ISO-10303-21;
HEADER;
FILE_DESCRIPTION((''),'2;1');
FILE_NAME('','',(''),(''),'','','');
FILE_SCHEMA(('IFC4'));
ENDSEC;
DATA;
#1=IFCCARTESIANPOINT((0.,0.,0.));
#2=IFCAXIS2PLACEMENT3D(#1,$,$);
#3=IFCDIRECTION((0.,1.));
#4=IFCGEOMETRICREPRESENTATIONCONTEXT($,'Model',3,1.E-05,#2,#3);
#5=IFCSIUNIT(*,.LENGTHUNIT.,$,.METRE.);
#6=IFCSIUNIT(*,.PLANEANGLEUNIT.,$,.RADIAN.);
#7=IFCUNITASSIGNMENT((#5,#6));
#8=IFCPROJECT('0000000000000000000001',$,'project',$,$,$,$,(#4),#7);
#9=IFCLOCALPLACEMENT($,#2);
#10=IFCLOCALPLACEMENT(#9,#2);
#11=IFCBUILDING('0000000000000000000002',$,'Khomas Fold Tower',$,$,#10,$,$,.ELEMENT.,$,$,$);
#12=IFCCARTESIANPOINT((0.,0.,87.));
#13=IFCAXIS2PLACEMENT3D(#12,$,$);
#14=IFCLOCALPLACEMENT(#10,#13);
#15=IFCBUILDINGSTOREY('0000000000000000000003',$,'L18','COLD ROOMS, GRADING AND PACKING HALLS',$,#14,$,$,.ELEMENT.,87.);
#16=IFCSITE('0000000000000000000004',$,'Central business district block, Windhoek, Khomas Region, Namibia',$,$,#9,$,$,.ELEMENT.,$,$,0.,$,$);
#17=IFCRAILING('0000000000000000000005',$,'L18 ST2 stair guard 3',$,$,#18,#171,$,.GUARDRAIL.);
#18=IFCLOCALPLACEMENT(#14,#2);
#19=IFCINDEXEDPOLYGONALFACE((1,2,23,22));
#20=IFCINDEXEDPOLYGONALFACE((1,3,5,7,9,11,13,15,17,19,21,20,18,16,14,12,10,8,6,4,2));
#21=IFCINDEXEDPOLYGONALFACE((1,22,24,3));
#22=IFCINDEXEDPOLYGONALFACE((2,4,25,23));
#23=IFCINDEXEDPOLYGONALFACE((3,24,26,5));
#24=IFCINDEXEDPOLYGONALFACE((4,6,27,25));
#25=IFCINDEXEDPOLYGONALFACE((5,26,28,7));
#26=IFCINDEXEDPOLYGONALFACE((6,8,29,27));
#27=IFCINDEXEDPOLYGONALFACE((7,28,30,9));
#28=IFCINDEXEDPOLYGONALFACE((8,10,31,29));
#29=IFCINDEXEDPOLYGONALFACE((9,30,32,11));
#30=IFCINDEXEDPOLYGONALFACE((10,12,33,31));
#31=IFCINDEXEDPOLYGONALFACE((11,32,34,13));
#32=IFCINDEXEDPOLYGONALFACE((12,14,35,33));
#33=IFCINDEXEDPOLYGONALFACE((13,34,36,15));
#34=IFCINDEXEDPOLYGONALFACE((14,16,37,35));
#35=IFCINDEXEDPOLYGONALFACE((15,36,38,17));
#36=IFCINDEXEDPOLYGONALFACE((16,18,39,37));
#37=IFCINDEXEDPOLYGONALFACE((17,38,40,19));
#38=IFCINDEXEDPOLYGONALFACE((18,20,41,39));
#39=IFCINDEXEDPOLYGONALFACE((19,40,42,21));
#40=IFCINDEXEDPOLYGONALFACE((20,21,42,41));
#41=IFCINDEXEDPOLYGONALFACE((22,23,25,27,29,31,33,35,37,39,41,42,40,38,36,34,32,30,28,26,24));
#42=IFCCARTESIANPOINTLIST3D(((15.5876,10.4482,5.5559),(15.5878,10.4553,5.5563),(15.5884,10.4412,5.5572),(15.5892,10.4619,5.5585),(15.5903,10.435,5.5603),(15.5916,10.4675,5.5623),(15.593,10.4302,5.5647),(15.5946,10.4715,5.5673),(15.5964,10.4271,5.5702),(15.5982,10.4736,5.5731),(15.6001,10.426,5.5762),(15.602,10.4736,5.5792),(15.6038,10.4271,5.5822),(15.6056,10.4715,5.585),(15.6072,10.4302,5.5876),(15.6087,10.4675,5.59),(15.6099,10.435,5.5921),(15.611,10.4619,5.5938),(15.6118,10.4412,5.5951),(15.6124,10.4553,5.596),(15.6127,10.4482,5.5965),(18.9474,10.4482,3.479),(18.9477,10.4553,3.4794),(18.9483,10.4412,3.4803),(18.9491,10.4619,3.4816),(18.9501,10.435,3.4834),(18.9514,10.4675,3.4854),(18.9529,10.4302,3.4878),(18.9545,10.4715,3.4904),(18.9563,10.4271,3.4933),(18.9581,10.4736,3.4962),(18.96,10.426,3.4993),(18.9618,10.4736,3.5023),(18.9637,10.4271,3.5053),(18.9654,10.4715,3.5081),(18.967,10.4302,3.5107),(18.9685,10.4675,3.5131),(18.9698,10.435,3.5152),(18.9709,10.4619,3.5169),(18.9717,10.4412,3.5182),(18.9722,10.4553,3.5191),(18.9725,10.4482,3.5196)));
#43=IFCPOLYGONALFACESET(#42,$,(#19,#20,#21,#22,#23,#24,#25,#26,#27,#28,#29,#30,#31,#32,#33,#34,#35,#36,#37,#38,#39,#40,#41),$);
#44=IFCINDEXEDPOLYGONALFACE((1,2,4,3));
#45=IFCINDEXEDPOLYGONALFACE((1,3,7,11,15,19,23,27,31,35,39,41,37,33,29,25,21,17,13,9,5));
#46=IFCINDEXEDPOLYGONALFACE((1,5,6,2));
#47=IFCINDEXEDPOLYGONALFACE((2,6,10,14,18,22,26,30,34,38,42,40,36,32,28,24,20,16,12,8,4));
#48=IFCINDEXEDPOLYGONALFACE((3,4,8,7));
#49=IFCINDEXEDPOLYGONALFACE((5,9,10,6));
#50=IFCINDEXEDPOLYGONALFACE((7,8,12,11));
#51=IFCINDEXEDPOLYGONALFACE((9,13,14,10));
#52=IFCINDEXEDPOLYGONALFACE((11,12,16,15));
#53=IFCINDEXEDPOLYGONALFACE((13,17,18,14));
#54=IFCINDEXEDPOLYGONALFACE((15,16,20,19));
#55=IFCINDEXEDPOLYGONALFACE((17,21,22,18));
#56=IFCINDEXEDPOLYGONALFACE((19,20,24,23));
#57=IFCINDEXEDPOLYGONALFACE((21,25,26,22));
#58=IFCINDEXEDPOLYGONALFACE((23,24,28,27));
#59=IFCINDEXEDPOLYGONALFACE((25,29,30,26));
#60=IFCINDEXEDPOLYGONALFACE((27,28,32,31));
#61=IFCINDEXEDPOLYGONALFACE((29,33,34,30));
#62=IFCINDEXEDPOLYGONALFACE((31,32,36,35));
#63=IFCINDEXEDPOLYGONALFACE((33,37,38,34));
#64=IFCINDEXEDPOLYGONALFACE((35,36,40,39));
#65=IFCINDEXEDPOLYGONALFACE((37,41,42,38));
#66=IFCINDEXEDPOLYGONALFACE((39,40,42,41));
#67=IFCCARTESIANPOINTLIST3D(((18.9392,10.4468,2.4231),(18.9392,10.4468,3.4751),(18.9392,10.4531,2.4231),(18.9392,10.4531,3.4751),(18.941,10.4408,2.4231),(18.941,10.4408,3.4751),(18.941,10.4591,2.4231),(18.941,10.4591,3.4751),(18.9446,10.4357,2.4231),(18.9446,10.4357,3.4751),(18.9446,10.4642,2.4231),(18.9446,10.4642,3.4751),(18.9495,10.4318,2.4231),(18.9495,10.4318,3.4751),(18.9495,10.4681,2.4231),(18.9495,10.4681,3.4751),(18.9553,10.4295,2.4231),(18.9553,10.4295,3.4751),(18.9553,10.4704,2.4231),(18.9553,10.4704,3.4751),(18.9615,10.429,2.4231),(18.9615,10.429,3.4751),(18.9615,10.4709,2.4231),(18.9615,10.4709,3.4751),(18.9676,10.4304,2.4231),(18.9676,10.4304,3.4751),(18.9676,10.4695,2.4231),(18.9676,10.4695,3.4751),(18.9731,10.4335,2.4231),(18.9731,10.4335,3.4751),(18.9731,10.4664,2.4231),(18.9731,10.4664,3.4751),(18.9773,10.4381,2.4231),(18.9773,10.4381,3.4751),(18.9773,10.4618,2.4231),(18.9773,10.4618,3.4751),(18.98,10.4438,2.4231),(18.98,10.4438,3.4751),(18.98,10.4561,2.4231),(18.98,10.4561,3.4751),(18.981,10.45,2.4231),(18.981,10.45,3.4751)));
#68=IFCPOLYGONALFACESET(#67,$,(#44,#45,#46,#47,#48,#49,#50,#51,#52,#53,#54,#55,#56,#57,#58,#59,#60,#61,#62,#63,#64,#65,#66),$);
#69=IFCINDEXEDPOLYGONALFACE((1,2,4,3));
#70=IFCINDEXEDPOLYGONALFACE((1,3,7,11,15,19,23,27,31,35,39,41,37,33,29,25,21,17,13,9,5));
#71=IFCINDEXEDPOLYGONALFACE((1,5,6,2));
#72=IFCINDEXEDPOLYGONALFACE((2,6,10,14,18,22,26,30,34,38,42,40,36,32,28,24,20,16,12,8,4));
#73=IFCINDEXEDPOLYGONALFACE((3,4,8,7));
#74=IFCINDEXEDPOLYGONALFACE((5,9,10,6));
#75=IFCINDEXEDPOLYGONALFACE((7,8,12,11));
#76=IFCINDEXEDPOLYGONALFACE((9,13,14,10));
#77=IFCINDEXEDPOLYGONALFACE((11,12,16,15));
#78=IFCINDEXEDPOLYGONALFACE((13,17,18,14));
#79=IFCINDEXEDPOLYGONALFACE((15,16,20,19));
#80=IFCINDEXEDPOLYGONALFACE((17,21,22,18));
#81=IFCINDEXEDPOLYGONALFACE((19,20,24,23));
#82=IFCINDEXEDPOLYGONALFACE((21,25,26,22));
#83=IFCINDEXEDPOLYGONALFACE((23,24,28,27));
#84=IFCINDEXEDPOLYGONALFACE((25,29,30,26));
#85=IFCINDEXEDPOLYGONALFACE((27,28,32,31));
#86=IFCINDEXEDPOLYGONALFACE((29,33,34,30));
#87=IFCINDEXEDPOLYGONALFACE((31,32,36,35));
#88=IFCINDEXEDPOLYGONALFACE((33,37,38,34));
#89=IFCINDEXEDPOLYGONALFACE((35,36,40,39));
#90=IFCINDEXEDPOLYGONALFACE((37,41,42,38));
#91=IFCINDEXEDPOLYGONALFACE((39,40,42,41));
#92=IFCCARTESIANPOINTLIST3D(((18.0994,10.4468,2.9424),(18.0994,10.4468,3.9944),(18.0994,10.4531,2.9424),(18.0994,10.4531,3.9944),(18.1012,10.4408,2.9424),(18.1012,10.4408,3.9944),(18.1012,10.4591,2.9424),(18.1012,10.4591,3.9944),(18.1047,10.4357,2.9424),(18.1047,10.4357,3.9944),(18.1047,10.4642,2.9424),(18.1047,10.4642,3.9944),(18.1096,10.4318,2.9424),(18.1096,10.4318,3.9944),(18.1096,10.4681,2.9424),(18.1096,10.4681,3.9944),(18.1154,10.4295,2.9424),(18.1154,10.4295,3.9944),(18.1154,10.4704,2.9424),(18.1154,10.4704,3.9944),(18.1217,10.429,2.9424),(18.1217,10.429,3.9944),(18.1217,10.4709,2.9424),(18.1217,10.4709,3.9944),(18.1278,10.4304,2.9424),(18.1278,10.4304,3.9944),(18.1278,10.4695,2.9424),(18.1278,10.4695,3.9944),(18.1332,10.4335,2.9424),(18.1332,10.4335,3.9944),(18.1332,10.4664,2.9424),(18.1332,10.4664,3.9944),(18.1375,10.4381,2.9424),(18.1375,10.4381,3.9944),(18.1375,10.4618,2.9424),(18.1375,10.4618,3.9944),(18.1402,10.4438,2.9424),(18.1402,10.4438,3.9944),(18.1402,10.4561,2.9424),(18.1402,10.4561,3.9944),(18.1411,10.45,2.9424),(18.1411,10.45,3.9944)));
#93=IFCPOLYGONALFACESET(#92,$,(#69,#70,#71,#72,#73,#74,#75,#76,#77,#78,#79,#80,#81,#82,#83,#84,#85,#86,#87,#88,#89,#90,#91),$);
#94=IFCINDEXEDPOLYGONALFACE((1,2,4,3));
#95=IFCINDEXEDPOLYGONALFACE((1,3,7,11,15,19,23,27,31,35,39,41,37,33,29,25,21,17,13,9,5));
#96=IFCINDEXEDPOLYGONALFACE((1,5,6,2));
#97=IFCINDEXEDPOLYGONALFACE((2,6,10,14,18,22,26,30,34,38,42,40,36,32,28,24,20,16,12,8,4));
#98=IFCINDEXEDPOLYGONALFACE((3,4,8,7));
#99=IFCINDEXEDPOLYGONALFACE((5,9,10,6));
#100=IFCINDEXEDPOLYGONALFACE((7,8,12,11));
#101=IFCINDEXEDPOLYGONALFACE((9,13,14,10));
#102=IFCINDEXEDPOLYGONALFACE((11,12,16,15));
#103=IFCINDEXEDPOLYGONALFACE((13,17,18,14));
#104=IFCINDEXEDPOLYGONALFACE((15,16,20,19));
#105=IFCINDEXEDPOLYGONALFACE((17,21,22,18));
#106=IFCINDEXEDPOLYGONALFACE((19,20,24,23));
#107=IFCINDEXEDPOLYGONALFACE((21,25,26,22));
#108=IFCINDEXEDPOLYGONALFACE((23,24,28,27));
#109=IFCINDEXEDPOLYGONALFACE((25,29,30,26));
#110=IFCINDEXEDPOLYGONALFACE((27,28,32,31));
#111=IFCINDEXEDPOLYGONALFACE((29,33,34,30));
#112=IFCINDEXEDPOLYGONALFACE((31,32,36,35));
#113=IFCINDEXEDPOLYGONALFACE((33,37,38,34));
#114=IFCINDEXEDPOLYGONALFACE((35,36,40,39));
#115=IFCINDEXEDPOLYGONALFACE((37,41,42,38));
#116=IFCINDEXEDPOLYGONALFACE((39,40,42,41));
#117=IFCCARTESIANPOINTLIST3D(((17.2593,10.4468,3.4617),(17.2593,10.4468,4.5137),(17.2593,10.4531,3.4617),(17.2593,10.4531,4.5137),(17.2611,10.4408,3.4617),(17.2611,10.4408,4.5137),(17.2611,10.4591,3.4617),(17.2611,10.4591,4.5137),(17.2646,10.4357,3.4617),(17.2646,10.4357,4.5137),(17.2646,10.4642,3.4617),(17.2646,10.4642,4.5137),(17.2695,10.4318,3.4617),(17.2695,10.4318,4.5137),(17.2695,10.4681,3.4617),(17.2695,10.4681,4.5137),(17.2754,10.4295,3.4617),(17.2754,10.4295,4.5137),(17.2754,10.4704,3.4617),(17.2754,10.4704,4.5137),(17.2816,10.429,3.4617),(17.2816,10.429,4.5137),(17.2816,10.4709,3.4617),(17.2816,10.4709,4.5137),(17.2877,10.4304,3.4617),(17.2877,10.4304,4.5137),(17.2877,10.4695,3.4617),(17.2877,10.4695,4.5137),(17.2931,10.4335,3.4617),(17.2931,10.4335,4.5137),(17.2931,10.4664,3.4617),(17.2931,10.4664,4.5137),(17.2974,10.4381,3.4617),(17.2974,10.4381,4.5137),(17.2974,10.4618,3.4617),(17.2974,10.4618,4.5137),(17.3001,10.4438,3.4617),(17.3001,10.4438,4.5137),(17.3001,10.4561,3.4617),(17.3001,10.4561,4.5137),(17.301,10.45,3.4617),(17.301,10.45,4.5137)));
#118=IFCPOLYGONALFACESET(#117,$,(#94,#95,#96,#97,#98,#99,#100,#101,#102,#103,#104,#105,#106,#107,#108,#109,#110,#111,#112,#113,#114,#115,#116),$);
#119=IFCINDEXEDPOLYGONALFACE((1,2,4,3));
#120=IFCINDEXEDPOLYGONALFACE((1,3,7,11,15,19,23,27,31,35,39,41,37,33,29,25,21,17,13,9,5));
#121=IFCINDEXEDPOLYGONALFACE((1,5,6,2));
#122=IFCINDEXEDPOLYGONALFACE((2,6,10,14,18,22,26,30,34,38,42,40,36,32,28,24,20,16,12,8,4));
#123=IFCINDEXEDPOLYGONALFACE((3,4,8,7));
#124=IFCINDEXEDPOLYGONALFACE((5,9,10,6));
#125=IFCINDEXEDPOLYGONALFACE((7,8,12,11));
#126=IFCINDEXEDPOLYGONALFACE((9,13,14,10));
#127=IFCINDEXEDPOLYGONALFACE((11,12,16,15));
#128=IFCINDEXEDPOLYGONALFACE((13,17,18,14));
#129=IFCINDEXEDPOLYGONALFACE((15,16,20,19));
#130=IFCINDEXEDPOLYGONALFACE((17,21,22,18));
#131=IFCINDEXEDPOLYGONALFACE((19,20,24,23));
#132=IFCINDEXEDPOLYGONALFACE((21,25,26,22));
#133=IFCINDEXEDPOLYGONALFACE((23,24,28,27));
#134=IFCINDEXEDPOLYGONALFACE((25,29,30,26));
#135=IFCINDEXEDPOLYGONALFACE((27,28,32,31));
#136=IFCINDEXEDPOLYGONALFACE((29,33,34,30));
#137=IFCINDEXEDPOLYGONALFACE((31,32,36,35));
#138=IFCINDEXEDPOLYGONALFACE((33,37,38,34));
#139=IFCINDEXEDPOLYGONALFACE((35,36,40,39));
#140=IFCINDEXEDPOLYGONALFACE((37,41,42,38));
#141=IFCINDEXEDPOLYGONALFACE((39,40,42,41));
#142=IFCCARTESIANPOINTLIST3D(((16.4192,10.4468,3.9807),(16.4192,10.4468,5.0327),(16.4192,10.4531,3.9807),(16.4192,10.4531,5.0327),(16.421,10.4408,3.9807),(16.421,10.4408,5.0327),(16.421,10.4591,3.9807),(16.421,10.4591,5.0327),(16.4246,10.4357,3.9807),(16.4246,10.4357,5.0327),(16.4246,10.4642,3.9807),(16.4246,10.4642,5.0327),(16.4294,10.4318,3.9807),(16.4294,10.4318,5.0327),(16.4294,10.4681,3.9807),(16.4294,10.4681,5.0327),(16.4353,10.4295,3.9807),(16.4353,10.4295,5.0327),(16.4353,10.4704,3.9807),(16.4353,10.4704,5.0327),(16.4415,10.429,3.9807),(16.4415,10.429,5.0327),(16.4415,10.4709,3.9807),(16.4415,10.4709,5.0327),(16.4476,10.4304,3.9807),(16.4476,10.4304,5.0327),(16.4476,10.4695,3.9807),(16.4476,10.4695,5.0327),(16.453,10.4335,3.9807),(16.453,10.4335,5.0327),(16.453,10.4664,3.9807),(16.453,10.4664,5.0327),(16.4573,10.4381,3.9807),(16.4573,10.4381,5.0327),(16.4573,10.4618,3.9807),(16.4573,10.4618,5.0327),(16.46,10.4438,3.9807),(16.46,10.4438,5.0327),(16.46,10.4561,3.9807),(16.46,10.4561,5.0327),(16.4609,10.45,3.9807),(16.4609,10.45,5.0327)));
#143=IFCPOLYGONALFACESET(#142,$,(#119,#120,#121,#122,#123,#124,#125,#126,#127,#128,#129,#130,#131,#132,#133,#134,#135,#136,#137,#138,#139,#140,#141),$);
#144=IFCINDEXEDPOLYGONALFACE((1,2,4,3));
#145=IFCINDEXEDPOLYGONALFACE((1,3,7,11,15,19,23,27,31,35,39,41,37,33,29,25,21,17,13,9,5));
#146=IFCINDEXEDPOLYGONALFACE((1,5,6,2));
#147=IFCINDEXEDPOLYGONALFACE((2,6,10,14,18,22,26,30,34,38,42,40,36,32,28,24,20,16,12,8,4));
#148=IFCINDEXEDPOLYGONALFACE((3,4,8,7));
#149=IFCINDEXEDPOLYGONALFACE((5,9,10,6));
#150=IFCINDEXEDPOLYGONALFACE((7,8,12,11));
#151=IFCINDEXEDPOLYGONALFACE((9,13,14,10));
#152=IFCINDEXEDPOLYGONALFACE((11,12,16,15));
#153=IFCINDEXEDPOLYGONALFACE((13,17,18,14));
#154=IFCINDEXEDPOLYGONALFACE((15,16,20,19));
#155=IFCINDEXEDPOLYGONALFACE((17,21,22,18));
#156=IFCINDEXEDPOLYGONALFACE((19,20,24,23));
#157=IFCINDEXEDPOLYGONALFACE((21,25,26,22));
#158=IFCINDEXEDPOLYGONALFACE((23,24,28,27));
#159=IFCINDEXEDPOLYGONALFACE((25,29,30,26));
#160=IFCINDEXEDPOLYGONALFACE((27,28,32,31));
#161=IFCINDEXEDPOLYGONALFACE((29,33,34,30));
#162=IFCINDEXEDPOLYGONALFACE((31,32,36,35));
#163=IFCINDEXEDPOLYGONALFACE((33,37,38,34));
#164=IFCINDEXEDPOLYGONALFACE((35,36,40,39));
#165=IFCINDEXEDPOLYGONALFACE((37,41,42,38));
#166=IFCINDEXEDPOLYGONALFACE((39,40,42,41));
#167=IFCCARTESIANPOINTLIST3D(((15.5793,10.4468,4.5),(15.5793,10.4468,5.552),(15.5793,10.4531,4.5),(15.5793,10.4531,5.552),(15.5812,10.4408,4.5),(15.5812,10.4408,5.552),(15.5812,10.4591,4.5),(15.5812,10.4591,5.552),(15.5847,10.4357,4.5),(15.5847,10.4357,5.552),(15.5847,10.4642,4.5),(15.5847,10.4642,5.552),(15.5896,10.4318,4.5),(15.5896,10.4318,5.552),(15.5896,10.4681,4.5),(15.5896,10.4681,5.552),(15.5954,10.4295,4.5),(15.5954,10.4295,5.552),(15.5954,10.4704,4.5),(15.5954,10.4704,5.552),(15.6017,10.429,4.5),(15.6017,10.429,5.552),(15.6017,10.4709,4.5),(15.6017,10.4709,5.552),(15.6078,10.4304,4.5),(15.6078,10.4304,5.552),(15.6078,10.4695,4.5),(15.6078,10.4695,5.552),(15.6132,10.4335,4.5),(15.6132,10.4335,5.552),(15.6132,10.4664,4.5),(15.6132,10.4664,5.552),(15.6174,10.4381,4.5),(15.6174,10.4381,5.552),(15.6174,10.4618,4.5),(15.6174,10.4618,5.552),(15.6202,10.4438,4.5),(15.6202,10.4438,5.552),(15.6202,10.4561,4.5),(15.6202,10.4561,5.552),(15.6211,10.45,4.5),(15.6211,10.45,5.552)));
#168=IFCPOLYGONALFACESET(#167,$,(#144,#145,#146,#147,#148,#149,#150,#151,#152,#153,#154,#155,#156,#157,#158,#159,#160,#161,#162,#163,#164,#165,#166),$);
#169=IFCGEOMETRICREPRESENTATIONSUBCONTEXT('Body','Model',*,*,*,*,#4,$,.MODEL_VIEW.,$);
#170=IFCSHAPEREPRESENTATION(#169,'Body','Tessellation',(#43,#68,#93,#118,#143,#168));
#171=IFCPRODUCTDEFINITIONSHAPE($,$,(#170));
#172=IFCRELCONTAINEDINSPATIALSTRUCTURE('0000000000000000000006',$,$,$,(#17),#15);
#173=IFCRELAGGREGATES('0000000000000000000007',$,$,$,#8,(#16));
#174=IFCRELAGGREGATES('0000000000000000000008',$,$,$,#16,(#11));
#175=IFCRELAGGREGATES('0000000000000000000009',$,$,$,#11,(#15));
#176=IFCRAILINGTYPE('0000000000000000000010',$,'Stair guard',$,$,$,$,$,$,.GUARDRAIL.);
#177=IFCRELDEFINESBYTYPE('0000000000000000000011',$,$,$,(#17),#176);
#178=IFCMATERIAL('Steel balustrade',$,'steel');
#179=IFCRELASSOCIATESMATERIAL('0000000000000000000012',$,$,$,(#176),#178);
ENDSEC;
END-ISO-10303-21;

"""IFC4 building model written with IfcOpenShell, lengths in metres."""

from ifc_helpers import new_model, si_unit, direction, frame, origin, origin_2d, place, context, subcontext, project, spatial, circle, extrude, source, transform, mapped, material, type_object, element, save


model = new_model("IFC4")

# Units and contexts
model_context = context("Model", 3, precision=1e-05, world=origin(), true_north=direction((0.0, 1.0)))
body_context = subcontext(model_context, "Body", "Model", "MODEL_VIEW")
ifc_project = project(units=[si_unit("LENGTHUNIT", "METRE"), si_unit("PLANEANGLEUNIT", "RADIAN")], contexts=[model_context])

# Site, building, storey
site_placement = place(None, origin())
site = spatial("IfcSite", under=ifc_project, at=site_placement, Name="Central business district block, Windhoek, Khomas Region, Namibia", CompositionType="ELEMENT", RefElevation=0.0)
building_placement = place(site_placement, origin())
building = spatial("IfcBuilding", under=site, at=building_placement, Name="Khomas Fold Tower", CompositionType="ELEMENT")
storey_placement = place(building_placement, frame((0.0, 0.0, 87.0)))
storey = spatial("IfcBuildingStorey", under=building, at=storey_placement, Name="L18", Description="COLD ROOMS, GRADING AND PACKING HALLS", CompositionType="ELEMENT", Elevation=87.0)

# Railing
ifc_material_1 = material(Name="Steel balustrade", Category="steel")
railing_type_1 = type_object("IfcRailingType", Name="Stair guard", PredefinedType="GUARDRAIL", material=ifc_material_1)
shared_shape_1 = source(origin(), body_context, "Body", "SweptSolid", [
    extrude(circle(Radius=0.0239, at=origin_2d()), frame((0.0, 0.0, 1.0762), z_axis=(-0.850606, 0.0, 0.525803), x_axis=(0.0, -1.0, 0.0)), (0.0, 0.0, 1.0), 3.95),
    extrude(circle(Radius=0.021, at=origin_2d()), origin(), (0.0, 0.0, 1.0), 1.052),
    extrude(circle(Radius=0.021, at=origin_2d()), frame((-0.8398, 0.0, 0.5193)), (0.0, 0.0, 1.0), 1.052),
    extrude(circle(Radius=0.021, at=origin_2d()), frame((-1.6799, 0.0, 1.0386)), (0.0, 0.0, 1.0), 1.052),
    extrude(circle(Radius=0.021, at=origin_2d()), frame((-2.52, 0.0, 1.5576)), (0.0, 0.0, 1.0), 1.052),
    extrude(circle(Radius=0.021, at=origin_2d()), frame((-3.3599, 0.0, 2.0769)), (0.0, 0.0, 1.0), 1.052),
])
railing_1_placement = place(storey_placement, frame((18.96, 10.45, 2.4231)))
element("IfcRailing", 1, at=railing_1_placement, inside=storey, type_object=railing_type_1, Name="L18 ST2 stair guard 3", PredefinedType="GUARDRAIL", context=body_context, shape_type="MappedRepresentation", body=[
    mapped(shared_shape_1, transform((0.0, 0.0, 0.0))),
])

save(model, "model.ifc")
